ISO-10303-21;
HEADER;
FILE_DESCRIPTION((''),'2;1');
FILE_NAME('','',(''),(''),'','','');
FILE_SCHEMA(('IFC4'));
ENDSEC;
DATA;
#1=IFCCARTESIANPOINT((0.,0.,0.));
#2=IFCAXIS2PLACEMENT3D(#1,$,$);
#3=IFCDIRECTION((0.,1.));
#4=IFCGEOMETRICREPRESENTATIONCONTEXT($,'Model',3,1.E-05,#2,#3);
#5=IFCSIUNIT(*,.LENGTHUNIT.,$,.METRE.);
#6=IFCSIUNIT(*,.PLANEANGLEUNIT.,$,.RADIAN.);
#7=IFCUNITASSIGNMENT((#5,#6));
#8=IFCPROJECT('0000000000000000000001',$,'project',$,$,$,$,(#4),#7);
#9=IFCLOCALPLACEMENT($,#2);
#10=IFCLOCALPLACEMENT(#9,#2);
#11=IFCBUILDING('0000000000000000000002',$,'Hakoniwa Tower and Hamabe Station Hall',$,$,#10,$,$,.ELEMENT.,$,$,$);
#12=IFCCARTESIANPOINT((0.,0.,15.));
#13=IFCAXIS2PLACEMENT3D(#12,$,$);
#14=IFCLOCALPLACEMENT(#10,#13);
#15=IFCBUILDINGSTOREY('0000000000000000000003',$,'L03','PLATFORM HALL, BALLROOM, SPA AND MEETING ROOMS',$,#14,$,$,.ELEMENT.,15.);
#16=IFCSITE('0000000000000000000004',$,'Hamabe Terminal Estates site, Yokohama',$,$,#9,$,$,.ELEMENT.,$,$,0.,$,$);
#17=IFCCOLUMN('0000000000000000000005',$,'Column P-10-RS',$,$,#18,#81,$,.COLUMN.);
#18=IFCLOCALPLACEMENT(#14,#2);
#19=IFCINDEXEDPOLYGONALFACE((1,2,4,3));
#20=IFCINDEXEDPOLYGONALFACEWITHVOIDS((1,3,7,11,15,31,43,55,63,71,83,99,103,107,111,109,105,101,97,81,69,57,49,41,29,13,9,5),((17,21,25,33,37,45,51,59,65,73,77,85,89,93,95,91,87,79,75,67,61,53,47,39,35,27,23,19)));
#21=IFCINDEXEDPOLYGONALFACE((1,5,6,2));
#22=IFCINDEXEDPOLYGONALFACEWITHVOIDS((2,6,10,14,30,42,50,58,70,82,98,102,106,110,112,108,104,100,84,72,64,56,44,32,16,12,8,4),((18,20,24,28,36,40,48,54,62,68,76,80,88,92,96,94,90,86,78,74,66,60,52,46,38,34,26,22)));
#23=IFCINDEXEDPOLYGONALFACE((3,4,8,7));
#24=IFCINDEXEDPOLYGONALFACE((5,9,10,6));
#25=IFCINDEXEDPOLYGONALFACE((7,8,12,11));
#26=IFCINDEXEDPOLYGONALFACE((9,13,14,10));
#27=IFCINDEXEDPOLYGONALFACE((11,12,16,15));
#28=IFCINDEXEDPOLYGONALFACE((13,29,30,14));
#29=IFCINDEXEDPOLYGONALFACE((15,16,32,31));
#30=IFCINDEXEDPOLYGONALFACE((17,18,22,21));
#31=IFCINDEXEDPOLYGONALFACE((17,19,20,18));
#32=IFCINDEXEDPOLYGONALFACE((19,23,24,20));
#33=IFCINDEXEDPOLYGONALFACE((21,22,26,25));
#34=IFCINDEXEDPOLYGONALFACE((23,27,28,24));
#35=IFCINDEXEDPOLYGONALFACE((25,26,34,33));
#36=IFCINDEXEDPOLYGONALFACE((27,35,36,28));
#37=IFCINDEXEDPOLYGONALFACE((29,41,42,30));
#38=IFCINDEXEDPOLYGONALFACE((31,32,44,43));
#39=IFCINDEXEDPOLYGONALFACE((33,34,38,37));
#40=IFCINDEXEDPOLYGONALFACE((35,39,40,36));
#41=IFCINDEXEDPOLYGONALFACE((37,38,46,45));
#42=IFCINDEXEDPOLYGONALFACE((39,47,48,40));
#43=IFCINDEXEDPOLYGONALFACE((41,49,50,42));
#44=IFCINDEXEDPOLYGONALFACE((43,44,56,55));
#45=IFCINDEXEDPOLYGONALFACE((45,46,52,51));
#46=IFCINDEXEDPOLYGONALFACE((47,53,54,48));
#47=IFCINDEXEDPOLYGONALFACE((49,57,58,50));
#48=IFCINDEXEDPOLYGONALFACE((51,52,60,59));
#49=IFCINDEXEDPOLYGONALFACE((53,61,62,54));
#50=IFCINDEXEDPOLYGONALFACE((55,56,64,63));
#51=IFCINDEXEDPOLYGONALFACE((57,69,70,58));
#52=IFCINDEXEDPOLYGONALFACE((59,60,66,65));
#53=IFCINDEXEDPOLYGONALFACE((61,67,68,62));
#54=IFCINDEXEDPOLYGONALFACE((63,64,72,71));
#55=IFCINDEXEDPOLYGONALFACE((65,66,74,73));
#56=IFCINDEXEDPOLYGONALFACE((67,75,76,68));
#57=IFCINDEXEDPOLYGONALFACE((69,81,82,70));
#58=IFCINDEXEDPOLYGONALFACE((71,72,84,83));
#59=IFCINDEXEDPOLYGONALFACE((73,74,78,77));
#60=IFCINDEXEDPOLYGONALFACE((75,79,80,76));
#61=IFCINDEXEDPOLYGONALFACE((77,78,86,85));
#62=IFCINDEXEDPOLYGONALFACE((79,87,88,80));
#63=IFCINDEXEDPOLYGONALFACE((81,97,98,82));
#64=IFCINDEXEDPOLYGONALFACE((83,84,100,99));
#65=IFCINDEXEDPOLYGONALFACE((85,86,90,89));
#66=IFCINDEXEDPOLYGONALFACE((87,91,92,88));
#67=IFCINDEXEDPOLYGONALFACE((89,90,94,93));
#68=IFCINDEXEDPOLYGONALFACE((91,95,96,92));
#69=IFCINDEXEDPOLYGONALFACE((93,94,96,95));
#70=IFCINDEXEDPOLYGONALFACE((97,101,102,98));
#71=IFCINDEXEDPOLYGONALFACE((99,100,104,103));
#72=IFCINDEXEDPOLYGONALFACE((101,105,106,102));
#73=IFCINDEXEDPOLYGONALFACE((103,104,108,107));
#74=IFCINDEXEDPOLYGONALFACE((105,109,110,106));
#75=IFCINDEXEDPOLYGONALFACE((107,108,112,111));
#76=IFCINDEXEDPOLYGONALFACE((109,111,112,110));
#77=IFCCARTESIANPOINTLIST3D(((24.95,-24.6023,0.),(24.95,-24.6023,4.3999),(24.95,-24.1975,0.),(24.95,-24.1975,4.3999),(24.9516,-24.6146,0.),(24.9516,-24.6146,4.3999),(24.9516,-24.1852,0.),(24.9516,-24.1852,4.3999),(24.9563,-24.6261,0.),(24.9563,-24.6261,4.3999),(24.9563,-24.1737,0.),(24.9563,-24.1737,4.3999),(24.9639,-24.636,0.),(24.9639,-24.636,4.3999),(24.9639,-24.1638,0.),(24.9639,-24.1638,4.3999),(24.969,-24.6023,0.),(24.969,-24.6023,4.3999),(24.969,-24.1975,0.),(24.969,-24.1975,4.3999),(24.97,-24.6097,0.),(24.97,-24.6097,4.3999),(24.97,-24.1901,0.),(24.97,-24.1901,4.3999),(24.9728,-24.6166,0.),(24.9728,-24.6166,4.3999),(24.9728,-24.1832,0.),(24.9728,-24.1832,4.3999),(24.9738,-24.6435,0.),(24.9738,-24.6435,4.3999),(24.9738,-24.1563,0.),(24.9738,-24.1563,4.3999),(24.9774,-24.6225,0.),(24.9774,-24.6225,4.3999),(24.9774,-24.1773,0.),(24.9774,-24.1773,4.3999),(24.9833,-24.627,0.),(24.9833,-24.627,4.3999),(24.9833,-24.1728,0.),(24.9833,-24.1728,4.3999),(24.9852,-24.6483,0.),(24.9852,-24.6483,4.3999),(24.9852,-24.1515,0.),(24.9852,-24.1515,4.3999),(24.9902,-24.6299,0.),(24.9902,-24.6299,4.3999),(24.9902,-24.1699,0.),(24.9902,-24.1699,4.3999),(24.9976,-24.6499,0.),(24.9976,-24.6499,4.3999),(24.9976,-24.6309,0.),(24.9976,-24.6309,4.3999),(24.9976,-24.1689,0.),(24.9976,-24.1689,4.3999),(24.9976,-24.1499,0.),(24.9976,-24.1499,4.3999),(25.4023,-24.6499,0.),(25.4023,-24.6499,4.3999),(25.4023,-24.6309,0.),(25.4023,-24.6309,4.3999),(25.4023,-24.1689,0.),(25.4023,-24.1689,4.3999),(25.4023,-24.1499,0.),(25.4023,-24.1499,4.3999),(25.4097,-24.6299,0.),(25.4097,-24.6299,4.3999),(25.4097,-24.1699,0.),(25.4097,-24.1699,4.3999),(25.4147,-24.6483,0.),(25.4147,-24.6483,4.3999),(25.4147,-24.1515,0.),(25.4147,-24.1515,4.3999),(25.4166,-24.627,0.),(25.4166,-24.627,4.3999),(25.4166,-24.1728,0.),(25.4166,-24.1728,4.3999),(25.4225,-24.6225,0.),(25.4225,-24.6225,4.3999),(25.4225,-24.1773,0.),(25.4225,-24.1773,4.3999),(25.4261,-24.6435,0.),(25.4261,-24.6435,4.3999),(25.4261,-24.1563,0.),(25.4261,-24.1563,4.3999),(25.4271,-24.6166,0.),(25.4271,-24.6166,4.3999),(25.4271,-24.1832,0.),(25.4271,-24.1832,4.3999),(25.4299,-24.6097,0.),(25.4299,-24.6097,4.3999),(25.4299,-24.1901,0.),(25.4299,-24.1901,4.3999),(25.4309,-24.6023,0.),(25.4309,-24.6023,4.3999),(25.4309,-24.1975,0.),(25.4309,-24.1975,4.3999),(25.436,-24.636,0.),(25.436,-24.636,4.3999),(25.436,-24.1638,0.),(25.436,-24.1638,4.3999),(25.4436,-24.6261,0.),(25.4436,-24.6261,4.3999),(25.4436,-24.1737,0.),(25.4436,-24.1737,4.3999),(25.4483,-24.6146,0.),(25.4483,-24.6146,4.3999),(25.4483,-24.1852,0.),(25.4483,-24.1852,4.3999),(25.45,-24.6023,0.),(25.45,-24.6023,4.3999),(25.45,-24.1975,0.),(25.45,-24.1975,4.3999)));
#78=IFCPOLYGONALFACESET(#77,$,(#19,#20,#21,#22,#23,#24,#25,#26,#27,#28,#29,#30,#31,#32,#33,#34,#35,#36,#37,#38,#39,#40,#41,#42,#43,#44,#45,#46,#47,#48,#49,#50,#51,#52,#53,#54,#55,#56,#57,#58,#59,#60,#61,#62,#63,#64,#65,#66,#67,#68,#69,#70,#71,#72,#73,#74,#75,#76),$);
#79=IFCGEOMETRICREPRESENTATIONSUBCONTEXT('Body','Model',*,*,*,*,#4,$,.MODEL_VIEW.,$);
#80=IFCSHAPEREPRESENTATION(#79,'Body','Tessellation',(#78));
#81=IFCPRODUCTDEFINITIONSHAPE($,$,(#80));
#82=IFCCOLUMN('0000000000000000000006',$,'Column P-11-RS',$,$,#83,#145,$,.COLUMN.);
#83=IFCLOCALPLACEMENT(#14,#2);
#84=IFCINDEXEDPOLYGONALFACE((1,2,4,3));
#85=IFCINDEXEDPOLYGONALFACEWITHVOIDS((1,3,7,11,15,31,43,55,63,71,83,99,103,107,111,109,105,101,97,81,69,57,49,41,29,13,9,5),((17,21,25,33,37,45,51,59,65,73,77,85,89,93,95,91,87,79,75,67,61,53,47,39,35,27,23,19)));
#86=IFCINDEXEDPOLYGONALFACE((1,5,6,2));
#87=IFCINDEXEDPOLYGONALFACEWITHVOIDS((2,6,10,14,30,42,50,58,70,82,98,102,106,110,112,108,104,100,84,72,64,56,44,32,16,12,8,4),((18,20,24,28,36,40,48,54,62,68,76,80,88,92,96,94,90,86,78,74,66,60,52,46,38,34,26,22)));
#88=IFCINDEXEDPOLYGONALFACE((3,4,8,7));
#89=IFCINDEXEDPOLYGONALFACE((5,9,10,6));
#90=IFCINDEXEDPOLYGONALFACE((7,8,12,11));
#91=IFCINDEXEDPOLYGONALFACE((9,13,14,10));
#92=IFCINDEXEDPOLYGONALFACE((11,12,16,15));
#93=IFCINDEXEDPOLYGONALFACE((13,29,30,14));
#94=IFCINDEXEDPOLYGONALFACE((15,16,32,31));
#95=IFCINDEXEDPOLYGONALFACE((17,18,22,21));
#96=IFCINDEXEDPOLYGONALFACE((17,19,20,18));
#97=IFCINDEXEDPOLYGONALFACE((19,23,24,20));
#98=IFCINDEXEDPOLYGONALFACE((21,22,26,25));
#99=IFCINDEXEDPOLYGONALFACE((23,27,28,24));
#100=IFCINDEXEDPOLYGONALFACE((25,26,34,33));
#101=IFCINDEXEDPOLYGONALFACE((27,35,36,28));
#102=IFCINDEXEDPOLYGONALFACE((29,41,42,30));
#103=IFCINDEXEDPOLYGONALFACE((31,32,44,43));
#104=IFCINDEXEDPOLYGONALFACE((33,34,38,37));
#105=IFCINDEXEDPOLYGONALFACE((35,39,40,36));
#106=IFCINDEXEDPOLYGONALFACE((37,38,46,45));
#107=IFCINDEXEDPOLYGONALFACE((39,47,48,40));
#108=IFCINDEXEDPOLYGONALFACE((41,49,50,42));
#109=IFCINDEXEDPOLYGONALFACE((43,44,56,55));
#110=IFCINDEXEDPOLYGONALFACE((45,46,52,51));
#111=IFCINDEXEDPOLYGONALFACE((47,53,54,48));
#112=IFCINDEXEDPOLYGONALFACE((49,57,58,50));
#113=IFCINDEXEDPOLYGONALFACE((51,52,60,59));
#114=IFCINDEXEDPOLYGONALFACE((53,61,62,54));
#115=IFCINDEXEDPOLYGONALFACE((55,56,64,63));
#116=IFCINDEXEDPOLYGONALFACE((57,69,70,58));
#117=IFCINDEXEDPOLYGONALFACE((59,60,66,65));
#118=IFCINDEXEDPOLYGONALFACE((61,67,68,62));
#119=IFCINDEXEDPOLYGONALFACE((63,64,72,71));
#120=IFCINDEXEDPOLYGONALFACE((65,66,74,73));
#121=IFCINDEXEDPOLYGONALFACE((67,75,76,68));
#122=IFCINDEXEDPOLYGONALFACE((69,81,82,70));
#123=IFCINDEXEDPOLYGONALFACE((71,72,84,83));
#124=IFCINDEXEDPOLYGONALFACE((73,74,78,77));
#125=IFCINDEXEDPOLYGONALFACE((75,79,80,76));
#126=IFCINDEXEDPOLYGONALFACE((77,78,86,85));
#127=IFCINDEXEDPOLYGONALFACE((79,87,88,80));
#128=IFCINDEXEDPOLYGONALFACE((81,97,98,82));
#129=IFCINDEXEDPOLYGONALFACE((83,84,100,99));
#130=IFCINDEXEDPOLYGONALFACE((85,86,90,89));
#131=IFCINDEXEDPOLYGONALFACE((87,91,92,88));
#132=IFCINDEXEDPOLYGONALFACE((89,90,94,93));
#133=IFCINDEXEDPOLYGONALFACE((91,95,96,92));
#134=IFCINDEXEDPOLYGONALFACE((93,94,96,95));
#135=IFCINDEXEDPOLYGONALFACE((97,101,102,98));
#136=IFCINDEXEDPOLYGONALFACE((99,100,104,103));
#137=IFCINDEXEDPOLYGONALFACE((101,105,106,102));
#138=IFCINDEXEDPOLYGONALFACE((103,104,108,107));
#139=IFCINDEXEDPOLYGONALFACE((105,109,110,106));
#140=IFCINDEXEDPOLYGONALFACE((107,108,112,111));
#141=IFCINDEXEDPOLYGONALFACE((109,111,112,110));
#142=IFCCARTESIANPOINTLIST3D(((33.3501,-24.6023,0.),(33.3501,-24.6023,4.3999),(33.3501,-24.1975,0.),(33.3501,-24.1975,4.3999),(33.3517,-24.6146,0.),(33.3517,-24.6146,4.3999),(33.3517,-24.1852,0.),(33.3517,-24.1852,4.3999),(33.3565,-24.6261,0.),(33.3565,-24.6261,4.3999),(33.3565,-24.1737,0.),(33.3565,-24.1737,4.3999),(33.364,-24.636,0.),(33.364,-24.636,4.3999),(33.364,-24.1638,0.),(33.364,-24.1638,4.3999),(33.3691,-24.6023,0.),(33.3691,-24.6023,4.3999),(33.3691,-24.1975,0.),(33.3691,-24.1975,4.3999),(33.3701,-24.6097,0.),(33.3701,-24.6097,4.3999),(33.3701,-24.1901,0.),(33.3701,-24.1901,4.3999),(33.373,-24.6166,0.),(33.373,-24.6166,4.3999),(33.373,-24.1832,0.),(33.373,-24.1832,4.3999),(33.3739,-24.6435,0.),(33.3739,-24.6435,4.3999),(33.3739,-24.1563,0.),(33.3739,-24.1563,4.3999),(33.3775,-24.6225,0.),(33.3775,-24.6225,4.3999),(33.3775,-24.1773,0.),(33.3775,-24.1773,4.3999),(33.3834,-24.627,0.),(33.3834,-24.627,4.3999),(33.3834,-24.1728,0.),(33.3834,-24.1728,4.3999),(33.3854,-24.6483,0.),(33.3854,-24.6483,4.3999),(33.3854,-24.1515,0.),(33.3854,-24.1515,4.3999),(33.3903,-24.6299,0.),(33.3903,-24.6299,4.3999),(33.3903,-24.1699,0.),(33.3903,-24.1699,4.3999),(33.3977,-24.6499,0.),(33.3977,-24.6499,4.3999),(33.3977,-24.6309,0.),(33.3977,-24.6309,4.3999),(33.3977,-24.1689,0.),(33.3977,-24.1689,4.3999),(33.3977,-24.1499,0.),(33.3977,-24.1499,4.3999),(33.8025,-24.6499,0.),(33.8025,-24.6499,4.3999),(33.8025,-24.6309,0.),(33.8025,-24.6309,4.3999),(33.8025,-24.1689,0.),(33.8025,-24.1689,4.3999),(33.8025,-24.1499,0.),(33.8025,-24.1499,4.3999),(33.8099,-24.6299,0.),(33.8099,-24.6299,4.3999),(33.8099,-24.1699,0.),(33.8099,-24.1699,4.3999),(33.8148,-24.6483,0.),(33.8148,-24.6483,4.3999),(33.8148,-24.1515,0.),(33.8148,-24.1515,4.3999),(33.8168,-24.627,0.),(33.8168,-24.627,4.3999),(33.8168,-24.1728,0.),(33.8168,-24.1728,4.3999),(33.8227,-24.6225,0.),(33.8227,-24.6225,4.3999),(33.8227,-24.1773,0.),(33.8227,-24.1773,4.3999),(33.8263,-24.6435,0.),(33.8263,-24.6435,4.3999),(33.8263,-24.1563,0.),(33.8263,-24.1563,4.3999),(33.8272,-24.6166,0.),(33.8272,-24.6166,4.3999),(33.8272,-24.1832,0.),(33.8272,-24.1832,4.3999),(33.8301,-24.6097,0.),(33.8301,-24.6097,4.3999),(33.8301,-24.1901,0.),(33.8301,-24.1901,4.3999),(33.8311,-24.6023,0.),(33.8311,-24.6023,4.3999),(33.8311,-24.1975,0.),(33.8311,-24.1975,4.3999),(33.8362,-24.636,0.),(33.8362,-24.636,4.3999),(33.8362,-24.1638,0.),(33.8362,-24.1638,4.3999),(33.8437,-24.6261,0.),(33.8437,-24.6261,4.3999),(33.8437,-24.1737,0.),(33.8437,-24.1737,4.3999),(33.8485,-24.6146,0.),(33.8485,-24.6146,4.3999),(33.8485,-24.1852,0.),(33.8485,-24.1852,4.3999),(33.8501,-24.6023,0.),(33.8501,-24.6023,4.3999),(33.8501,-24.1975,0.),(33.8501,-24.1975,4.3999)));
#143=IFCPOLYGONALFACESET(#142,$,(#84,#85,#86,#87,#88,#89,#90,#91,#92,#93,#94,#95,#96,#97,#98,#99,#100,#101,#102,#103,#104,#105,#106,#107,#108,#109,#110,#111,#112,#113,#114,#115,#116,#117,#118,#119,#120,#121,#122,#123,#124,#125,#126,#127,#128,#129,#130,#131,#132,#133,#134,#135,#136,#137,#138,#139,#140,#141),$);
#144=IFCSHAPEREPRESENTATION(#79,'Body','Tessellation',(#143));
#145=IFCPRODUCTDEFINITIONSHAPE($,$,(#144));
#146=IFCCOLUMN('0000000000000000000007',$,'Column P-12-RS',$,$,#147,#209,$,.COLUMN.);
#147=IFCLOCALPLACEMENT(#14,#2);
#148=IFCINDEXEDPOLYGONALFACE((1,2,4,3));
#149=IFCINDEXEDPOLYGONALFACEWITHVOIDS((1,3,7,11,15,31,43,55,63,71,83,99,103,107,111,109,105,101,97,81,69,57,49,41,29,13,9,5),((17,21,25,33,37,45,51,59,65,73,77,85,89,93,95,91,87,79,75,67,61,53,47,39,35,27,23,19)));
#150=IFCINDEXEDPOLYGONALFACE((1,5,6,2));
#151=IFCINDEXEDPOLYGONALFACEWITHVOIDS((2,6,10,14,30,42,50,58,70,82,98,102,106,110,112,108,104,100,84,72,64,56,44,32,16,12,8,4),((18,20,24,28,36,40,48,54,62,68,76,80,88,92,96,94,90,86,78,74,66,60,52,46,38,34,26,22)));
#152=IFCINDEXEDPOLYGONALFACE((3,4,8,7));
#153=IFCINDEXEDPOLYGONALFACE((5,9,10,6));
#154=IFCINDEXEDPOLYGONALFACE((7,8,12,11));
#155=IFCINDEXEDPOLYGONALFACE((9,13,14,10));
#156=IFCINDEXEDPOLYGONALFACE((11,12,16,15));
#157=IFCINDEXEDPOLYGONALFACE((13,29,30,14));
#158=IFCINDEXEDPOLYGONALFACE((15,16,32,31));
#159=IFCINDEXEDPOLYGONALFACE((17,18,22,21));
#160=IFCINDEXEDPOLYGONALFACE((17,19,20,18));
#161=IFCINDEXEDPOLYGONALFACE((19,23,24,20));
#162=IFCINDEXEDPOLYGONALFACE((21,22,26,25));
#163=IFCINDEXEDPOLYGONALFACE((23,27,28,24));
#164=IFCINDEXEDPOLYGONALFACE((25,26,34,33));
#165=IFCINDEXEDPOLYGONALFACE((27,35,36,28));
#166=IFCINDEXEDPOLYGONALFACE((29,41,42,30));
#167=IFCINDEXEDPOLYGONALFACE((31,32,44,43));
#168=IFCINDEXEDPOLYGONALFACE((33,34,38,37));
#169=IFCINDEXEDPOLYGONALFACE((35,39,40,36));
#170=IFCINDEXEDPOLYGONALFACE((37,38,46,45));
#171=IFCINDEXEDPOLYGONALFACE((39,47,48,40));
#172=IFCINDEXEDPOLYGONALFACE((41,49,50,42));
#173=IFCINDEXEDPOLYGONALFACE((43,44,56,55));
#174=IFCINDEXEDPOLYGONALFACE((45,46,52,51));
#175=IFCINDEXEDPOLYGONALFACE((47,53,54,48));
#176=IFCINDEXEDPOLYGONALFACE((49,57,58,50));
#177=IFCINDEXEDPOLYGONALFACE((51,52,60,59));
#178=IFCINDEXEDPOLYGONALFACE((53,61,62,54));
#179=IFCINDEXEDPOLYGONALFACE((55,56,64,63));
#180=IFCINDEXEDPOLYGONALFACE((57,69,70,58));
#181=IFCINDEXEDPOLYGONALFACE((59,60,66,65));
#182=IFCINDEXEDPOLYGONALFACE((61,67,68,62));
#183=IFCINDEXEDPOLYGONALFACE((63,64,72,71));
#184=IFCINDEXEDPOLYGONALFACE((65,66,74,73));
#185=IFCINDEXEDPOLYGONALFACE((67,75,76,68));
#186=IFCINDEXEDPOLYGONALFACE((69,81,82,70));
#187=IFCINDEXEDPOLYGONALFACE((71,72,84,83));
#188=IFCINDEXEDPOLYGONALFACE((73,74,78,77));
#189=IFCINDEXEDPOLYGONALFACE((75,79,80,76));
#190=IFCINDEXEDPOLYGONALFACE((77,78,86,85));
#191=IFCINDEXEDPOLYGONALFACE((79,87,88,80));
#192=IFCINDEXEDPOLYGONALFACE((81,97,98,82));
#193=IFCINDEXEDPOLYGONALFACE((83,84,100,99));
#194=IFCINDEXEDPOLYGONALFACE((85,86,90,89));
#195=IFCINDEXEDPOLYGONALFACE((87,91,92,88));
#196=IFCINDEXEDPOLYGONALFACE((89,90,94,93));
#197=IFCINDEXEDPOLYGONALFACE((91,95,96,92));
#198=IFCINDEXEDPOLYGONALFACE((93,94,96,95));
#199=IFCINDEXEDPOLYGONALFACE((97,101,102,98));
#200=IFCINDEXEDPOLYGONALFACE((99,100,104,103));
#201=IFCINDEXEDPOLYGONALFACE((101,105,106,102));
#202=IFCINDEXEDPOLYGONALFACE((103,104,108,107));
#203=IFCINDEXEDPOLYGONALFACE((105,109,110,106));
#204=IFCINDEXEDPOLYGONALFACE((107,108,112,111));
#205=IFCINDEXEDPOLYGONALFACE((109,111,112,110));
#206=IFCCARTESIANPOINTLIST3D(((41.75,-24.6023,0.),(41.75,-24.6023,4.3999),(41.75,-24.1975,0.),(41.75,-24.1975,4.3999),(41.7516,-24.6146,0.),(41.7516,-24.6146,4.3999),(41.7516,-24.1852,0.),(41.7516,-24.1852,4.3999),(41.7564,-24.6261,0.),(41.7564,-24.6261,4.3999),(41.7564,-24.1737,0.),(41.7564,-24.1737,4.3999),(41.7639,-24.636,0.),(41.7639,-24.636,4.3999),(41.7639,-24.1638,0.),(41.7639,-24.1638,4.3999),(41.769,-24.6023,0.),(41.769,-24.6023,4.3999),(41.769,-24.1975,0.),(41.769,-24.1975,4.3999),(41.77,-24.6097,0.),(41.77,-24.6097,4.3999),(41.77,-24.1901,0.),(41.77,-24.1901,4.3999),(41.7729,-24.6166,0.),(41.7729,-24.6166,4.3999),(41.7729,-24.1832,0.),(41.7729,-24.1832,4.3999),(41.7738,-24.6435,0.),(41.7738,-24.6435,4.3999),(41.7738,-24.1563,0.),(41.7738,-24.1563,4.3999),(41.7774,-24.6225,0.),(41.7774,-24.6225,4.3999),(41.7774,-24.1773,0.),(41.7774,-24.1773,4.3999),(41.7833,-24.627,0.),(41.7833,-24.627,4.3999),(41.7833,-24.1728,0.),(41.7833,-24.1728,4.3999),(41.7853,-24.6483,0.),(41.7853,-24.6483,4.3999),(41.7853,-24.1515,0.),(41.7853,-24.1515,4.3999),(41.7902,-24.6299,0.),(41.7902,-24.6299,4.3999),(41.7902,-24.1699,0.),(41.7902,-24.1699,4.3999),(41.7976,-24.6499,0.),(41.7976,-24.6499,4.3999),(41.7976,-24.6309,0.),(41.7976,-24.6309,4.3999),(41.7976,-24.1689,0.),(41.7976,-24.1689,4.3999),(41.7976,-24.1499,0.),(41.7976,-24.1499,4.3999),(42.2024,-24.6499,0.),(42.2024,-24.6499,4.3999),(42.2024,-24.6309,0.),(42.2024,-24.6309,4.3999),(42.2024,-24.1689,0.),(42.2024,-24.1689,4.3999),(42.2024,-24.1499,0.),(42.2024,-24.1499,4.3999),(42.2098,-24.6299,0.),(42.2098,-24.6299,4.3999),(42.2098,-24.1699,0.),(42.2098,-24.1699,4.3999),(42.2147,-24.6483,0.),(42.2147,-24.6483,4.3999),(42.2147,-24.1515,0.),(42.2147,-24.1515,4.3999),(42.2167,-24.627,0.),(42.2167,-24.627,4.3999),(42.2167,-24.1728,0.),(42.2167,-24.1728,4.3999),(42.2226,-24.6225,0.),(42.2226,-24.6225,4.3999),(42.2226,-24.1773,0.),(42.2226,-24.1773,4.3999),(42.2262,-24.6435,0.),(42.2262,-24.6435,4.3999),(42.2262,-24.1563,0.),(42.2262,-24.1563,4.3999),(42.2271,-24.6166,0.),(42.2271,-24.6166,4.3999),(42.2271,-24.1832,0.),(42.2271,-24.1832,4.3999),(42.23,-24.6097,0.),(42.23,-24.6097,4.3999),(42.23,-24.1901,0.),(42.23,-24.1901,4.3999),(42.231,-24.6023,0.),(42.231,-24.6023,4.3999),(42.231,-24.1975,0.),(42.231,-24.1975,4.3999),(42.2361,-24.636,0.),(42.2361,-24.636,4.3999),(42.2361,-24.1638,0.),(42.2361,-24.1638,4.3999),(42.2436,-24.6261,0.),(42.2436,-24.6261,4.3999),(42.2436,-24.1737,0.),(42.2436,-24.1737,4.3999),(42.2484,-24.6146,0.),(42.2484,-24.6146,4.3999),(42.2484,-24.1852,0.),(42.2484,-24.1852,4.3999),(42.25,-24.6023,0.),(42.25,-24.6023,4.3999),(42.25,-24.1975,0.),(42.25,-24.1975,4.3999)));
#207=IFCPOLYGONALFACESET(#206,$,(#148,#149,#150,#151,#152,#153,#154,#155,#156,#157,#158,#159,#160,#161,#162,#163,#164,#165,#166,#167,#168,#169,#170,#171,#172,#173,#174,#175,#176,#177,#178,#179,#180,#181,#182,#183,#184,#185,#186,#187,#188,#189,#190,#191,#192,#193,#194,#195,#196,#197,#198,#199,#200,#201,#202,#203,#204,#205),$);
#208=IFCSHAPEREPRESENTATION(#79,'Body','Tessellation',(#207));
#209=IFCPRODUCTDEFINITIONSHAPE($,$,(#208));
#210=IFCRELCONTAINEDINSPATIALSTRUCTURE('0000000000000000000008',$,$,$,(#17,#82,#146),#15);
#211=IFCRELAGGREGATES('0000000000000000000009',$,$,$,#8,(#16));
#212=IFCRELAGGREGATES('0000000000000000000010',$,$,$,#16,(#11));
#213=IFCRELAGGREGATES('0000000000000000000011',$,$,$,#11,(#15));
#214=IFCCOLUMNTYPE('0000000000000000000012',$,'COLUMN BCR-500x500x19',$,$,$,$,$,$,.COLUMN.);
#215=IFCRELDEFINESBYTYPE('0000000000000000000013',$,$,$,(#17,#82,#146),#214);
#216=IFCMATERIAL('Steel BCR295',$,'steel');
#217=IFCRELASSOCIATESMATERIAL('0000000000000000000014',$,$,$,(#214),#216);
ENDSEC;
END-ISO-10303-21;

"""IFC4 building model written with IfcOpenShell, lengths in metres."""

from ifc_helpers import new_model, si_unit, direction, frame, origin, origin_2d, place, context, subcontext, project, spatial, hollow_rectangle, extrude, material, material_profile, profile_set, type_object, element, save


model = new_model("IFC4")

# Units and contexts
model_context = context("Model", 3, precision=1e-05, world=origin(), true_north=direction((0.0, 1.0)))
body_context = subcontext(model_context, "Body", "Model", "MODEL_VIEW")
ifc_project = project(units=[si_unit("LENGTHUNIT", "METRE"), si_unit("PLANEANGLEUNIT", "RADIAN")], contexts=[model_context])

# Site, building, storey
site_placement = place(None, origin())
site = spatial("IfcSite", under=ifc_project, at=site_placement, Name="Hamabe Terminal Estates site, Yokohama", CompositionType="ELEMENT", RefElevation=0.0)
building_placement = place(site_placement, origin())
building = spatial("IfcBuilding", under=site, at=building_placement, Name="Hakoniwa Tower and Hamabe Station Hall", CompositionType="ELEMENT")
storey_placement = place(building_placement, frame((0.0, 0.0, 15.0)))
storey = spatial("IfcBuildingStorey", under=building, at=storey_placement, Name="L03", Description="PLATFORM HALL, BALLROOM, SPA AND MEETING ROOMS", CompositionType="ELEMENT", Elevation=15.0)

# Columns
ifc_material_1 = material(Name="Steel BCR295", Category="steel")
ifc_material_profile_1 = material_profile(ifc_material_1, hollow_rectangle(XDim=0.5, YDim=0.5, WallThickness=0.019, InnerFilletRadius=0.0286, OuterFilletRadius=0.0476, at=origin_2d()), Name="BCR-500x500x19")
ifc_profile_set_1 = profile_set([ifc_material_profile_1], Name="Steel BCR295")
column_type_1 = type_object("IfcColumnType", Name="COLUMN BCR-500x500x19", PredefinedType="COLUMN", material=ifc_profile_set_1)
for number, where, z_axis, x_axis, name in (
    (1, (25.2, -24.3999, 0.0), (0.0, 0.0, 1.0), (1.0, 0.0, 0.0), "Column P-10-RS"),
    (2, (33.6001, -24.3999, 0.0), (0.0, 0.0, 1.0), (1.0, 0.0, 0.0), "Column P-11-RS"),
    (3, (42.0, -24.3999, 0.0), (0.0, 0.0, 1.0), (1.0, 0.0, 0.0), "Column P-12-RS"),
):
    element("IfcColumn", number, at=place(storey_placement, frame(where, z_axis=z_axis, x_axis=x_axis)), inside=storey, type_object=column_type_1, Name=name, PredefinedType="COLUMN", context=body_context, shape_type="SweptSolid", body=[
        extrude(hollow_rectangle(XDim=0.5, YDim=0.5, WallThickness=0.019, InnerFilletRadius=0.0286, OuterFilletRadius=0.0476, at=origin_2d()), origin(), (0.0, 0.0, 1.0), 4.3999),
    ])

save(model, "model.ifc")
